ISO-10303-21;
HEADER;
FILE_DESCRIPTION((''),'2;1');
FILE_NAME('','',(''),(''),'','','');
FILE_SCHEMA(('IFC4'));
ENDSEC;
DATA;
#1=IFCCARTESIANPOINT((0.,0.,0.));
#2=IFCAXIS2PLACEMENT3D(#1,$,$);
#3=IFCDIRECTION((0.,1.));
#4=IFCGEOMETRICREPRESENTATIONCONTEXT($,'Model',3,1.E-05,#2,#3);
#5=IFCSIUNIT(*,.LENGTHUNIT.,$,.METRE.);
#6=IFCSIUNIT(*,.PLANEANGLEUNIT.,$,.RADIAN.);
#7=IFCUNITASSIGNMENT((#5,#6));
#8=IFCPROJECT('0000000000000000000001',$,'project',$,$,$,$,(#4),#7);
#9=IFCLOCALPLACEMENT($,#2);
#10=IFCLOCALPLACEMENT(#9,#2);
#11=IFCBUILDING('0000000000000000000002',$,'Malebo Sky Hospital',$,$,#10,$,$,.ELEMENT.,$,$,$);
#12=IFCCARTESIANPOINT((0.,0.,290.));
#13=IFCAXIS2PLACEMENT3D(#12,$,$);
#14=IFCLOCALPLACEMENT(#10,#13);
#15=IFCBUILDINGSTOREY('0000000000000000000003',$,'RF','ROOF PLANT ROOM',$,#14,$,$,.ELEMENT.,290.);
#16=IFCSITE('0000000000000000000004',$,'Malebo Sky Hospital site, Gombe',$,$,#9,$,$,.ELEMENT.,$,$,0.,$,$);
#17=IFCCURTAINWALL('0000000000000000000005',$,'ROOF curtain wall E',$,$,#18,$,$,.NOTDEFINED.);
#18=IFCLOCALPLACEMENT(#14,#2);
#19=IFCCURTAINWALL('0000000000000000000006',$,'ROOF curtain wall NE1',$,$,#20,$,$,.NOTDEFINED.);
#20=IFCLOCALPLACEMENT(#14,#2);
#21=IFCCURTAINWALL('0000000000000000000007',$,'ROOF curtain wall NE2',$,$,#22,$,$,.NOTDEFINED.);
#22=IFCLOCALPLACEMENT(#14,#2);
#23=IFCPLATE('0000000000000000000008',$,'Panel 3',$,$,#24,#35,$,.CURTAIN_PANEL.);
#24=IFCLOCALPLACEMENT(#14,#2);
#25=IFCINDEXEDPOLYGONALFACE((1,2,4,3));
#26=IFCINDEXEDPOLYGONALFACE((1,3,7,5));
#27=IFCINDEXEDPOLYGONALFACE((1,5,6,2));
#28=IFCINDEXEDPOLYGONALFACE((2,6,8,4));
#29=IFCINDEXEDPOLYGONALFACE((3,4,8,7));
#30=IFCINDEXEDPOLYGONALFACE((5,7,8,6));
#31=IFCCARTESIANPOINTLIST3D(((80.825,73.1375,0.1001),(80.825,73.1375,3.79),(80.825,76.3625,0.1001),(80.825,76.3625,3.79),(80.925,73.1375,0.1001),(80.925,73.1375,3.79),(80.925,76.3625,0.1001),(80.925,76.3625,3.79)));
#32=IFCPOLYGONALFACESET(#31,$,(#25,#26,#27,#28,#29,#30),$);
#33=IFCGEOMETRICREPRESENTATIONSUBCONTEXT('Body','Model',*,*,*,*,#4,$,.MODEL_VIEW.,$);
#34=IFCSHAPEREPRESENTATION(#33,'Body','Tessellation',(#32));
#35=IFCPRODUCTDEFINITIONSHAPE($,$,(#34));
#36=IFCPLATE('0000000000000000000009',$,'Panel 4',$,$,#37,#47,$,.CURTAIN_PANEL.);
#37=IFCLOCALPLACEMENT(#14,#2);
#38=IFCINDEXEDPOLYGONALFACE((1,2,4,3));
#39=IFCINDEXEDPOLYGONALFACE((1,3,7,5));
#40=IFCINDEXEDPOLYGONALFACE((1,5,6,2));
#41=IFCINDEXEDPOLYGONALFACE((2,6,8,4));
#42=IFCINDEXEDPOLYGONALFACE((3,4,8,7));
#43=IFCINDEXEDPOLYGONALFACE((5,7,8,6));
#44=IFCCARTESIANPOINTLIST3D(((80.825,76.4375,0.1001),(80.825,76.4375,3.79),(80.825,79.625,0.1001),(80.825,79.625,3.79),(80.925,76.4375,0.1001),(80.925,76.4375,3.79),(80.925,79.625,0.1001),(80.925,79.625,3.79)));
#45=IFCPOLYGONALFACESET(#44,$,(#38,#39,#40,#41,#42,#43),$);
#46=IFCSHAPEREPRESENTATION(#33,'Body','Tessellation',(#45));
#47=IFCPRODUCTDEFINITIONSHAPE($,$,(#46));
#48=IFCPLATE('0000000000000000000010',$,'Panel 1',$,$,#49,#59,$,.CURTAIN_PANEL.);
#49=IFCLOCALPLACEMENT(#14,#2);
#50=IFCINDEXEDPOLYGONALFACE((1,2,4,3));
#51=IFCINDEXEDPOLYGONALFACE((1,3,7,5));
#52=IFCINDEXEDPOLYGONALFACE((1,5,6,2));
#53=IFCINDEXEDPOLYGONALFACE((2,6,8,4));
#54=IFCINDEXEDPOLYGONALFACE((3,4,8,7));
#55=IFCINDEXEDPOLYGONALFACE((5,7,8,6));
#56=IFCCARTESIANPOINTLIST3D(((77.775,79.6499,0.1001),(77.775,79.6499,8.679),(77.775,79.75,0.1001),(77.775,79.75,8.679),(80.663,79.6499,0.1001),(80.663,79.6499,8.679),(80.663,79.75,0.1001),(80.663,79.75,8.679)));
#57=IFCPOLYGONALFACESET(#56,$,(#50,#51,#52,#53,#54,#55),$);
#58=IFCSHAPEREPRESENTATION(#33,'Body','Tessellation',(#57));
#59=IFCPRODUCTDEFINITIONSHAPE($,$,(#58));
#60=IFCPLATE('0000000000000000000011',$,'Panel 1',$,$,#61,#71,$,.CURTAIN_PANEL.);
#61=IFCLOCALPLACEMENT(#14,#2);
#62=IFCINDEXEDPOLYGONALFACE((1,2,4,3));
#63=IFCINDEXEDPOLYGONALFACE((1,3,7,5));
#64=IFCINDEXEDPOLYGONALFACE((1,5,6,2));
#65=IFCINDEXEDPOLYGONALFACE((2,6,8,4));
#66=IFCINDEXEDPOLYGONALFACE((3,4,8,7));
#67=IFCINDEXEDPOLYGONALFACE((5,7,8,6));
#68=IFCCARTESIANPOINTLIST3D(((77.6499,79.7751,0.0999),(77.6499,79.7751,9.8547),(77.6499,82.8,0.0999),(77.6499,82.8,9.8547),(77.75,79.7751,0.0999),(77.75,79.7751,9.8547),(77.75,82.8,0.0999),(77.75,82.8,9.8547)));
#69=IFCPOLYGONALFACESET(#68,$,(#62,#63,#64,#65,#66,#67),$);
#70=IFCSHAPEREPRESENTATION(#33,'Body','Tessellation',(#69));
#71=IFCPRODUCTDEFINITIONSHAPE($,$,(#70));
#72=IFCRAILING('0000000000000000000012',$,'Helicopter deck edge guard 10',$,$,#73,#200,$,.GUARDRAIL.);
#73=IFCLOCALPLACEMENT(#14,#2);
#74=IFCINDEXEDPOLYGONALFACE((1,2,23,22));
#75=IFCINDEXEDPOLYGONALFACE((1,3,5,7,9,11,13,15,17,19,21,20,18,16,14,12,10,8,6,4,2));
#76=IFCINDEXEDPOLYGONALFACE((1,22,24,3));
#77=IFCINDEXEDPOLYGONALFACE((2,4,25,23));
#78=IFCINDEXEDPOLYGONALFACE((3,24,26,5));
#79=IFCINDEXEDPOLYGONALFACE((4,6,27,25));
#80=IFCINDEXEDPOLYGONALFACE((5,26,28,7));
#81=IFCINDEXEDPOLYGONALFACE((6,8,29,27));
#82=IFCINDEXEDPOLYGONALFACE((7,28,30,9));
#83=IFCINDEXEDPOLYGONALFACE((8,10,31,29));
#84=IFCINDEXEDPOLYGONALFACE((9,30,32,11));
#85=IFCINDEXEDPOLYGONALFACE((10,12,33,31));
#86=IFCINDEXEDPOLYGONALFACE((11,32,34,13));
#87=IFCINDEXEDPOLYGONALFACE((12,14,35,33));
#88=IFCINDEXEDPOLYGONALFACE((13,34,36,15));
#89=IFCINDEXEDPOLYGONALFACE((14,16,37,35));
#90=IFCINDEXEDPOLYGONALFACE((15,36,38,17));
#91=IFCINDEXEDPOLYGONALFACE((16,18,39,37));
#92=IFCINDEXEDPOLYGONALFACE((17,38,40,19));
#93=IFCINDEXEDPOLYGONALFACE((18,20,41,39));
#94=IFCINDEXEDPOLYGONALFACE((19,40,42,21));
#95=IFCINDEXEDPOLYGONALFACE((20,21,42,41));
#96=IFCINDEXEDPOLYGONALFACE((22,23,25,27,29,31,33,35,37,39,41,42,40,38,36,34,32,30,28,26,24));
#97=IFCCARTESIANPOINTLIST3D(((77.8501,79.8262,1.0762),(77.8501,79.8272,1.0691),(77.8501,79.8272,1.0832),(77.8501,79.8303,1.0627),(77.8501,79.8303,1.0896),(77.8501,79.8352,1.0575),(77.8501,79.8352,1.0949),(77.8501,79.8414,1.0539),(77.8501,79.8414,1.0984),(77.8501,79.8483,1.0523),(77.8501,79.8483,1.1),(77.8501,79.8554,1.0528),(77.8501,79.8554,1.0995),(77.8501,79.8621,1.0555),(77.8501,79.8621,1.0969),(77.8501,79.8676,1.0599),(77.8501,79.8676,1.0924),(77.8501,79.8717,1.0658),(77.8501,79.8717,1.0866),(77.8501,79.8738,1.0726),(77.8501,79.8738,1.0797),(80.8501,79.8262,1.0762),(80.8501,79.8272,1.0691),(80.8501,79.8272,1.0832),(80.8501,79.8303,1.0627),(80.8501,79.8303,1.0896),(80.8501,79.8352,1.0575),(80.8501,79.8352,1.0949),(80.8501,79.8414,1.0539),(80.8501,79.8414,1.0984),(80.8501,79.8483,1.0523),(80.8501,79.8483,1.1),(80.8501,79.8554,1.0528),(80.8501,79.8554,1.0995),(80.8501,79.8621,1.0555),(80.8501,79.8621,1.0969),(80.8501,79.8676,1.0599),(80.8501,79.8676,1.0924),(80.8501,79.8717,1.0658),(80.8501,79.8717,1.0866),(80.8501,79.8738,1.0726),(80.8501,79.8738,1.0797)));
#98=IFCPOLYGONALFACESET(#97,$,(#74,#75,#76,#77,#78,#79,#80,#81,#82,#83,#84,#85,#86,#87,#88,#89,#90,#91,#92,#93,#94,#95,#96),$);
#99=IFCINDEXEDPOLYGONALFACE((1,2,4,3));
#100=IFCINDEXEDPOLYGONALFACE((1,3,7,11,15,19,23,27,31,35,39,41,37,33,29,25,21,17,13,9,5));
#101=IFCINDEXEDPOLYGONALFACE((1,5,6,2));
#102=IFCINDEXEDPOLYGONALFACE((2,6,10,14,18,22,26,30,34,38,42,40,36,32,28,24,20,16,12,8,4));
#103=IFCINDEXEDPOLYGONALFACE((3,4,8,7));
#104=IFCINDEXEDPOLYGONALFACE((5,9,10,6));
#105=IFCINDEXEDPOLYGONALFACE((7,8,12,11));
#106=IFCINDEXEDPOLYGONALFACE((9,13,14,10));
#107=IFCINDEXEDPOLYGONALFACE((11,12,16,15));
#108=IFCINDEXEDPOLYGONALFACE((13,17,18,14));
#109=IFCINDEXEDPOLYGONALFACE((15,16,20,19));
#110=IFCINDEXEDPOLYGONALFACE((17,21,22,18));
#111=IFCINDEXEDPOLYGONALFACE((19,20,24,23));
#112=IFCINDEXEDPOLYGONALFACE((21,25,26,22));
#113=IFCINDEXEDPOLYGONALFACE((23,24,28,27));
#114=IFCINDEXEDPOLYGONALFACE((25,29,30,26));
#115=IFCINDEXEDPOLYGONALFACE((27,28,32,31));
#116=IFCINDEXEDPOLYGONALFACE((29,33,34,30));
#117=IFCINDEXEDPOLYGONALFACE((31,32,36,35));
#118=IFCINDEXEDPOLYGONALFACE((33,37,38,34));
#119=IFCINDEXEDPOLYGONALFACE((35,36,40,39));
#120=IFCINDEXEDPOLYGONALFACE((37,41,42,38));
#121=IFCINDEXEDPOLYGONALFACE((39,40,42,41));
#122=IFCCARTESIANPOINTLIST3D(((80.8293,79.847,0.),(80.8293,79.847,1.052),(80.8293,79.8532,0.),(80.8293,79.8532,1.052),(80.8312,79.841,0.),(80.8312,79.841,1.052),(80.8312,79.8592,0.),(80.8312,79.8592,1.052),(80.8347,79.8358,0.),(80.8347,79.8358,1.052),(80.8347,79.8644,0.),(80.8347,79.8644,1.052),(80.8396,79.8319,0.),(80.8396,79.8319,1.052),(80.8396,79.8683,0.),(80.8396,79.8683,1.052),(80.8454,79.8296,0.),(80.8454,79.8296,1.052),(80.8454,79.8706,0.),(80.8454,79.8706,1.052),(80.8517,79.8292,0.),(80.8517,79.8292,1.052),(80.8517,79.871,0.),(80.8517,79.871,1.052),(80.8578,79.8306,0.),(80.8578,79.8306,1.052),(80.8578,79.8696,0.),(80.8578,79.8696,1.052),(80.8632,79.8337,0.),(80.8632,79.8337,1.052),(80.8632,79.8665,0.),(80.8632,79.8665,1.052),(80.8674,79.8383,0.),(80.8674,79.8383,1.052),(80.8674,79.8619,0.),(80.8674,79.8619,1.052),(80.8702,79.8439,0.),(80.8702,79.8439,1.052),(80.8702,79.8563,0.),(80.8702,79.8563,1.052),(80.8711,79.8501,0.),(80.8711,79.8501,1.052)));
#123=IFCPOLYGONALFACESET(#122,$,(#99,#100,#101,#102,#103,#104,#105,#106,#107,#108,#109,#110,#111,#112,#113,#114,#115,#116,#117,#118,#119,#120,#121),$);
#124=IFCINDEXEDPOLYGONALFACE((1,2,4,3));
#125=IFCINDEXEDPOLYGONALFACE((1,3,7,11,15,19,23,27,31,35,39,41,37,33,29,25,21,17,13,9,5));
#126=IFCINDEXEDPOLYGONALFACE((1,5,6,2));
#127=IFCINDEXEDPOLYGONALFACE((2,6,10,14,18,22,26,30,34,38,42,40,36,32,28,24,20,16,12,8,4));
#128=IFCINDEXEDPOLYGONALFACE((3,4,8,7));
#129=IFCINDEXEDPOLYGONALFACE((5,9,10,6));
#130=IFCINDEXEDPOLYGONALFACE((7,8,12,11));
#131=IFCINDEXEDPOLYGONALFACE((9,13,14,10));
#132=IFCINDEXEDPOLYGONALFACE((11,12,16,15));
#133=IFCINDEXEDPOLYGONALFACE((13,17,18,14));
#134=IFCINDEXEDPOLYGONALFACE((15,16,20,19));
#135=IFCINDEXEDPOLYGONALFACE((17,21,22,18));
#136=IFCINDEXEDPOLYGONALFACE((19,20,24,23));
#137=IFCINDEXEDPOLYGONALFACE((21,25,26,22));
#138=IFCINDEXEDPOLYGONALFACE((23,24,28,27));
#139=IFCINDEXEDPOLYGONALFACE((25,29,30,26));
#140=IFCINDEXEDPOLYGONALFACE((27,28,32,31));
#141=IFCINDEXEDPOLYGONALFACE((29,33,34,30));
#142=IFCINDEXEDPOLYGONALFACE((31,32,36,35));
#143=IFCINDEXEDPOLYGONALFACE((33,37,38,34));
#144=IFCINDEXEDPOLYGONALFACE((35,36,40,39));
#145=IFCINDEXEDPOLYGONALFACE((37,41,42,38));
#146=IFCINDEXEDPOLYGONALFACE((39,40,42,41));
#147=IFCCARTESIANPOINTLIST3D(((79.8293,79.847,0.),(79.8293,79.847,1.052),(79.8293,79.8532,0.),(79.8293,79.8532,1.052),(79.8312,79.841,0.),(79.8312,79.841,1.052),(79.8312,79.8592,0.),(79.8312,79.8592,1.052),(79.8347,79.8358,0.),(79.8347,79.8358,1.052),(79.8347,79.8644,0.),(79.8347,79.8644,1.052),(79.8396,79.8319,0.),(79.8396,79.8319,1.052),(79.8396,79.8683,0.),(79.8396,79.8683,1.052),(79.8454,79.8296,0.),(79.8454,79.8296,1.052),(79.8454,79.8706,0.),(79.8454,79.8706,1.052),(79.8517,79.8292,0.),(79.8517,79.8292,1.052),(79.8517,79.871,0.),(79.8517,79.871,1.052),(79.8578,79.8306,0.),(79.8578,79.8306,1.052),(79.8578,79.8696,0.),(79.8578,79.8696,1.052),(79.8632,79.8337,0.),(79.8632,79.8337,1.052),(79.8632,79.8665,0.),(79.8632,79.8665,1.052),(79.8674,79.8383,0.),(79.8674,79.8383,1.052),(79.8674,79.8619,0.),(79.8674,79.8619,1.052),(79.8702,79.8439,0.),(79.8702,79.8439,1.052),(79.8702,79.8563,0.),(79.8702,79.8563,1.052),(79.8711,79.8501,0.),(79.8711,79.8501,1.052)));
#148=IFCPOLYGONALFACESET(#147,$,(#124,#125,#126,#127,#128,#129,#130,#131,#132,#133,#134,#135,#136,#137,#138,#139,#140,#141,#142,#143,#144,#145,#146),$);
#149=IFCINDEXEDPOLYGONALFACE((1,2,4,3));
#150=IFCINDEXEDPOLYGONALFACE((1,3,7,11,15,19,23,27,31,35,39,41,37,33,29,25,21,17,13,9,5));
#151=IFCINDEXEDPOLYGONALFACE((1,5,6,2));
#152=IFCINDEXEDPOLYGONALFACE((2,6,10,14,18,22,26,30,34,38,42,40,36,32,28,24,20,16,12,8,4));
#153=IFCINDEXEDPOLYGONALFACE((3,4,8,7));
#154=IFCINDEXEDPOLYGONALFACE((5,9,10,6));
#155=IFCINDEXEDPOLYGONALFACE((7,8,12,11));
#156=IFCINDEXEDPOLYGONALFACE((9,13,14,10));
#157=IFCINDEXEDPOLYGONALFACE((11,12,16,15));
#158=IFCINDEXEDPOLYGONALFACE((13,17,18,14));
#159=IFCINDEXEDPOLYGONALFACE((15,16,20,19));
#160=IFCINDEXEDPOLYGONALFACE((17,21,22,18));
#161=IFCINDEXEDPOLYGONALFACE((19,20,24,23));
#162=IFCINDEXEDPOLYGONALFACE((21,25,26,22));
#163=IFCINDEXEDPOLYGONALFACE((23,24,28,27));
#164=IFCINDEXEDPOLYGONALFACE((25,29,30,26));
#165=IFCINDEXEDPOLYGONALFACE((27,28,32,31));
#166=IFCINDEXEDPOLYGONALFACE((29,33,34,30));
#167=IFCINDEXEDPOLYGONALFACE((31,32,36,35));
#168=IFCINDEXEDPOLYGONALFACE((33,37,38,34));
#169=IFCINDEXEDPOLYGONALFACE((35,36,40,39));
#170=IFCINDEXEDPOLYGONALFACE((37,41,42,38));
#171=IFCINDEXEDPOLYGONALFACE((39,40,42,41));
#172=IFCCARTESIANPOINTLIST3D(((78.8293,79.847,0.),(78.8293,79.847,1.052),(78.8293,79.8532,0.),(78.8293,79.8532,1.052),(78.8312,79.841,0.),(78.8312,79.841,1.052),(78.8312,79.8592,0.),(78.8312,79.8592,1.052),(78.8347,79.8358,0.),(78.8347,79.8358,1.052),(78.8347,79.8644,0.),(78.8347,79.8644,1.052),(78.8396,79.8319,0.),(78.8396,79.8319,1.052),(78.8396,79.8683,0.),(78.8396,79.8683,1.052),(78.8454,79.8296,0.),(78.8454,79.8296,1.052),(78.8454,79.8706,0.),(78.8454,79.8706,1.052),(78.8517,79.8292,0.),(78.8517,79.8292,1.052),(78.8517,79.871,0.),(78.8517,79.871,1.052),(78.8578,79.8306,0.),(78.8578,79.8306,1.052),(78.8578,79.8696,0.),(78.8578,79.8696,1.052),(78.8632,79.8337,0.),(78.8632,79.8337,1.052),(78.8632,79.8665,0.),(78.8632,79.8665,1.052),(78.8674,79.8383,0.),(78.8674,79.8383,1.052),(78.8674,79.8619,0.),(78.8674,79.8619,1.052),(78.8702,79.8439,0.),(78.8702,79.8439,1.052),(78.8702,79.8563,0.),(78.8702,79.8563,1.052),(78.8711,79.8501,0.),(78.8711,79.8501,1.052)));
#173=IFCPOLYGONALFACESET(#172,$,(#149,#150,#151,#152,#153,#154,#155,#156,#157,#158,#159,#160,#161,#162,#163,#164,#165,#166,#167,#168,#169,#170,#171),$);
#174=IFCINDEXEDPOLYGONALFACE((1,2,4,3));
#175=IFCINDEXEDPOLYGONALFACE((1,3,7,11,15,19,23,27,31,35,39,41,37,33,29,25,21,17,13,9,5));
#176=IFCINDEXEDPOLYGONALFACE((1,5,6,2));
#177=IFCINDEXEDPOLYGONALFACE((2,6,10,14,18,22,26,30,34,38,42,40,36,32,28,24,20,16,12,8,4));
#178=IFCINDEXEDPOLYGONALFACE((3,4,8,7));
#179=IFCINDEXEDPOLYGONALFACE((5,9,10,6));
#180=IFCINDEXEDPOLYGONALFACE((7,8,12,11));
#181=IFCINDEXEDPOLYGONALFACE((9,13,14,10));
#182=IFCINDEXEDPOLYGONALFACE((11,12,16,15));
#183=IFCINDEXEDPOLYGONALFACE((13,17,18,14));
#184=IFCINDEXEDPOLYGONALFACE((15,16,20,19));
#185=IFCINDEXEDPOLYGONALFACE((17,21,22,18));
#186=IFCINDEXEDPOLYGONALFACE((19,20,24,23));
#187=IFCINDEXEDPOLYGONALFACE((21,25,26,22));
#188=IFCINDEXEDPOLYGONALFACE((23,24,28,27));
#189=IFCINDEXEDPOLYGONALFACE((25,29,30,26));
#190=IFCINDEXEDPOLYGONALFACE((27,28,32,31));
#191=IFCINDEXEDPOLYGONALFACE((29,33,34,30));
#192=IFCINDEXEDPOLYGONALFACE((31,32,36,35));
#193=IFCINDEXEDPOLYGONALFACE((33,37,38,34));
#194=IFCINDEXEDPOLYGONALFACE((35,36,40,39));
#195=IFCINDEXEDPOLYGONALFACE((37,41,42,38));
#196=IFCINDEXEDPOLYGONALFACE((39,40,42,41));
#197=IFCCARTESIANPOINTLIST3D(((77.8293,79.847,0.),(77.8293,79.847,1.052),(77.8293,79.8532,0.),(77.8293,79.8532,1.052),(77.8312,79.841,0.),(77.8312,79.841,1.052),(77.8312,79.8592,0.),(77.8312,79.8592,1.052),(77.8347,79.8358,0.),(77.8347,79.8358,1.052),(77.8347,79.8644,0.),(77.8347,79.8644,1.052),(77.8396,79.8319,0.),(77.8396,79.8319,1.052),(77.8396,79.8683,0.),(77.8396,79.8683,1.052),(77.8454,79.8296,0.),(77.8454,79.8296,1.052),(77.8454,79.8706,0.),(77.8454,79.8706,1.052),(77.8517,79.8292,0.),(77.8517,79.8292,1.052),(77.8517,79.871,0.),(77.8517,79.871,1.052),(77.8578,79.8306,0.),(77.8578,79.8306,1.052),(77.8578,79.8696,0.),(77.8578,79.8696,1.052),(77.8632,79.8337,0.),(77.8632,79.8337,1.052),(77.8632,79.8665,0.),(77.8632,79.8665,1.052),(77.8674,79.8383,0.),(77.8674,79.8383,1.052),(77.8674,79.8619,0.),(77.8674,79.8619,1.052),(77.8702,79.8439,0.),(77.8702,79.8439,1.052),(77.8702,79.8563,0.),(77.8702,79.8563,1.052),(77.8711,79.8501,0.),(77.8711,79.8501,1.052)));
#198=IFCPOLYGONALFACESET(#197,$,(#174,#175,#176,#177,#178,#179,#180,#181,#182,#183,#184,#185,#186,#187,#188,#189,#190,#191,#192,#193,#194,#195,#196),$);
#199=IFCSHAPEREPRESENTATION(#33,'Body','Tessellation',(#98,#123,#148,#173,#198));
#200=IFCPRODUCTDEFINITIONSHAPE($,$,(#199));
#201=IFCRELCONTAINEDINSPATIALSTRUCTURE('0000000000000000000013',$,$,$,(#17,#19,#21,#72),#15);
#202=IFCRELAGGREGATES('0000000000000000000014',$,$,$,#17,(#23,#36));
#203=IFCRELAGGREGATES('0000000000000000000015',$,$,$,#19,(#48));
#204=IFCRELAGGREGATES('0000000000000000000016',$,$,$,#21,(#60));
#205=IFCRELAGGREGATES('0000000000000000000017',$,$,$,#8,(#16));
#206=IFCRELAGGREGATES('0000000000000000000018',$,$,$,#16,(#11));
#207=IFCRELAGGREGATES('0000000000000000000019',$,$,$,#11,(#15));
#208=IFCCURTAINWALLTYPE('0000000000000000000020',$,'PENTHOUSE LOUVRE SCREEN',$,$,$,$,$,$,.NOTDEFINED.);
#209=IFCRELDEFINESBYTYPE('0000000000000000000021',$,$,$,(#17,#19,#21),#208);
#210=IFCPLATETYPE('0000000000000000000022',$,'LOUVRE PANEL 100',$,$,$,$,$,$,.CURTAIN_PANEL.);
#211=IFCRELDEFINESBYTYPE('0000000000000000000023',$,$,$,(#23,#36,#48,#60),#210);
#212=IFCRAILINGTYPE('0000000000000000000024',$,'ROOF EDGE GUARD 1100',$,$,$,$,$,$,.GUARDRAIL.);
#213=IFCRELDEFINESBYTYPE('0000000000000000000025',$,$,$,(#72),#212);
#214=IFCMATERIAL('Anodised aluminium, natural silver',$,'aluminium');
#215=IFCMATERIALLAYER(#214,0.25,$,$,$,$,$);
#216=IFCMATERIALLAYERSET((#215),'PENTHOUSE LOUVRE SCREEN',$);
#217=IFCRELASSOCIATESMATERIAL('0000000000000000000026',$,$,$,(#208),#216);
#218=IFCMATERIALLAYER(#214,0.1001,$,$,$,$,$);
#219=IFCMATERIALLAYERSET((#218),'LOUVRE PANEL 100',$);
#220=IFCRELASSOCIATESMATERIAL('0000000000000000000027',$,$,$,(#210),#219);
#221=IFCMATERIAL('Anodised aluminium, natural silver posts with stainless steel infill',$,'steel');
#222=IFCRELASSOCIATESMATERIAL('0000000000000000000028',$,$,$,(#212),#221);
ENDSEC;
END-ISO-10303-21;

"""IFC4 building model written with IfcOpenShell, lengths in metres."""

from ifc_helpers import new_model, si_unit, direction, frame, origin, origin_2d, place, context, subcontext, project, spatial, rectangle, circle, extrude, material, layer, layer_set, type_object, element, aggregate, save


model = new_model("IFC4")

# Units and contexts
model_context = context("Model", 3, precision=1e-05, world=origin(), true_north=direction((0.0, 1.0)))
body_context = subcontext(model_context, "Body", "Model", "MODEL_VIEW")
ifc_project = project(units=[si_unit("LENGTHUNIT", "METRE"), si_unit("PLANEANGLEUNIT", "RADIAN")], contexts=[model_context])

# Site, building, storey
site_placement = place(None, origin())
site = spatial("IfcSite", under=ifc_project, at=site_placement, Name="Malebo Sky Hospital site, Gombe", CompositionType="ELEMENT", RefElevation=0.0)
building_placement = place(site_placement, origin())
building = spatial("IfcBuilding", under=site, at=building_placement, Name="Malebo Sky Hospital", CompositionType="ELEMENT")
storey_placement = place(building_placement, frame((0.0, 0.0, 290.0)))
storey = spatial("IfcBuildingStorey", under=building, at=storey_placement, Name="RF", Description="ROOF PLANT ROOM", CompositionType="ELEMENT", Elevation=290.0)

# Curtain wall
ifc_material_1 = material(Name="Anodised aluminium, natural silver", Category="aluminium")
ifc_layer_1 = layer(ifc_material_1, 0.25)
ifc_layer_set_1 = layer_set([ifc_layer_1], Name="PENTHOUSE LOUVRE SCREEN")
curtain_wall_type = type_object("IfcCurtainWallType", Name="PENTHOUSE LOUVRE SCREEN", PredefinedType="NOTDEFINED", material=ifc_layer_set_1)
curtain_wall_1_placement = place(storey_placement, origin())
curtain_wall_1 = element("IfcCurtainWall", 1, at=curtain_wall_1_placement, inside=storey, type_object=curtain_wall_type, Name="ROOF curtain wall E", PredefinedType="NOTDEFINED")

# Curtain walls
curtain_wall_2_placement = place(storey_placement, origin())
curtain_wall_2 = element("IfcCurtainWall", 2, at=curtain_wall_2_placement, inside=storey, type_object=curtain_wall_type, Name="ROOF curtain wall NE1", PredefinedType="NOTDEFINED")
curtain_wall_3_placement = place(storey_placement, origin())
curtain_wall_3 = element("IfcCurtainWall", 3, at=curtain_wall_3_placement, inside=storey, type_object=curtain_wall_type, Name="ROOF curtain wall NE2", PredefinedType="NOTDEFINED")

# Plates
ifc_layer_2 = layer(ifc_material_1, 0.1001)
ifc_layer_set_2 = layer_set([ifc_layer_2], Name="LOUVRE PANEL 100")
plate_type = type_object("IfcPlateType", Name="LOUVRE PANEL 100", PredefinedType="CURTAIN_PANEL", material=ifc_layer_set_2)
plate_1_placement = place(storey_placement, frame((80.875, 74.75, 0.1001), z_axis=(0.0, 0.0, 1.0), x_axis=(0.0, 1.0, 0.0)))
plate_1 = element("IfcPlate", 4, at=plate_1_placement, type_object=plate_type, Name="Panel 3", PredefinedType="CURTAIN_PANEL", context=body_context, shape_type="SweptSolid", body=[
    extrude(rectangle(XDim=3.2251, YDim=0.1001, at=origin_2d()), origin(), (0.0, 0.0, 1.0), 3.6899),
])
plate_2_placement = place(storey_placement, frame((80.875, 78.0312, 0.1001), z_axis=(0.0, 0.0, 1.0), x_axis=(0.0, 1.0, 0.0)))
plate_2 = element("IfcPlate", 5, at=plate_2_placement, type_object=plate_type, Name="Panel 4", PredefinedType="CURTAIN_PANEL", context=body_context, shape_type="SweptSolid", body=[
    extrude(rectangle(XDim=3.1875, YDim=0.1001, at=origin_2d()), origin(), (0.0, 0.0, 1.0), 3.6899),
])
aggregate(curtain_wall_1, [plate_1, plate_2])
plate_3_placement = place(storey_placement, frame((79.219, 79.7, 0.1001), z_axis=(0.0, 0.0, 1.0), x_axis=(-1.0, 0.0, 0.0)))
plate_3 = element("IfcPlate", 6, at=plate_3_placement, type_object=plate_type, Name="Panel 1", PredefinedType="CURTAIN_PANEL", context=body_context, shape_type="SweptSolid", body=[
    extrude(rectangle(XDim=2.8879, YDim=0.1001, at=origin_2d()), origin(), (0.0, 0.0, 1.0), 8.5789),
])
aggregate(curtain_wall_2, [plate_3])
plate_4_placement = place(storey_placement, frame((77.7, 81.2876, 0.0999), z_axis=(0.0, 0.0, 1.0), x_axis=(0.0, 1.0, 0.0)))
plate_4 = element("IfcPlate", 7, at=plate_4_placement, type_object=plate_type, Name="Panel 1", PredefinedType="CURTAIN_PANEL", context=body_context, shape_type="SweptSolid", body=[
    extrude(rectangle(XDim=3.0249, YDim=0.1001, at=origin_2d()), origin(), (0.0, 0.0, 1.0), 9.7549),
])
aggregate(curtain_wall_3, [plate_4])

# Railing
ifc_material_2 = material(Name="Anodised aluminium, natural silver posts with stainless steel infill", Category="steel")
railing_type = type_object("IfcRailingType", Name="ROOF EDGE GUARD 1100", PredefinedType="GUARDRAIL", material=ifc_material_2)
railing_1_placement = place(storey_placement, frame((80.8501, 79.8501, 0.0)))
element("IfcRailing", 8, at=railing_1_placement, inside=storey, type_object=railing_type, Name="Helicopter deck edge guard 10", PredefinedType="GUARDRAIL", context=body_context, shape_type="SweptSolid", body=[
    extrude(circle(Radius=0.0239, at=origin_2d()), frame((0.0, 0.0, 1.0762), z_axis=(-1.0, 0.0, 0.0), x_axis=(0.0, -1.0, 0.0)), (0.0, 0.0, 1.0), 3.0),
    extrude(circle(Radius=0.021, at=origin_2d()), origin(), (0.0, 0.0, 1.0), 1.052),
    extrude(circle(Radius=0.021, at=origin_2d()), frame((-1.0, 0.0, 0.0)), (0.0, 0.0, 1.0), 1.052),
    extrude(circle(Radius=0.021, at=origin_2d()), frame((-2.0, 0.0, 0.0)), (0.0, 0.0, 1.0), 1.052),
    extrude(circle(Radius=0.021, at=origin_2d()), frame((-3.0, 0.0, 0.0)), (0.0, 0.0, 1.0), 1.052),
])

save(model, "model.ifc")
